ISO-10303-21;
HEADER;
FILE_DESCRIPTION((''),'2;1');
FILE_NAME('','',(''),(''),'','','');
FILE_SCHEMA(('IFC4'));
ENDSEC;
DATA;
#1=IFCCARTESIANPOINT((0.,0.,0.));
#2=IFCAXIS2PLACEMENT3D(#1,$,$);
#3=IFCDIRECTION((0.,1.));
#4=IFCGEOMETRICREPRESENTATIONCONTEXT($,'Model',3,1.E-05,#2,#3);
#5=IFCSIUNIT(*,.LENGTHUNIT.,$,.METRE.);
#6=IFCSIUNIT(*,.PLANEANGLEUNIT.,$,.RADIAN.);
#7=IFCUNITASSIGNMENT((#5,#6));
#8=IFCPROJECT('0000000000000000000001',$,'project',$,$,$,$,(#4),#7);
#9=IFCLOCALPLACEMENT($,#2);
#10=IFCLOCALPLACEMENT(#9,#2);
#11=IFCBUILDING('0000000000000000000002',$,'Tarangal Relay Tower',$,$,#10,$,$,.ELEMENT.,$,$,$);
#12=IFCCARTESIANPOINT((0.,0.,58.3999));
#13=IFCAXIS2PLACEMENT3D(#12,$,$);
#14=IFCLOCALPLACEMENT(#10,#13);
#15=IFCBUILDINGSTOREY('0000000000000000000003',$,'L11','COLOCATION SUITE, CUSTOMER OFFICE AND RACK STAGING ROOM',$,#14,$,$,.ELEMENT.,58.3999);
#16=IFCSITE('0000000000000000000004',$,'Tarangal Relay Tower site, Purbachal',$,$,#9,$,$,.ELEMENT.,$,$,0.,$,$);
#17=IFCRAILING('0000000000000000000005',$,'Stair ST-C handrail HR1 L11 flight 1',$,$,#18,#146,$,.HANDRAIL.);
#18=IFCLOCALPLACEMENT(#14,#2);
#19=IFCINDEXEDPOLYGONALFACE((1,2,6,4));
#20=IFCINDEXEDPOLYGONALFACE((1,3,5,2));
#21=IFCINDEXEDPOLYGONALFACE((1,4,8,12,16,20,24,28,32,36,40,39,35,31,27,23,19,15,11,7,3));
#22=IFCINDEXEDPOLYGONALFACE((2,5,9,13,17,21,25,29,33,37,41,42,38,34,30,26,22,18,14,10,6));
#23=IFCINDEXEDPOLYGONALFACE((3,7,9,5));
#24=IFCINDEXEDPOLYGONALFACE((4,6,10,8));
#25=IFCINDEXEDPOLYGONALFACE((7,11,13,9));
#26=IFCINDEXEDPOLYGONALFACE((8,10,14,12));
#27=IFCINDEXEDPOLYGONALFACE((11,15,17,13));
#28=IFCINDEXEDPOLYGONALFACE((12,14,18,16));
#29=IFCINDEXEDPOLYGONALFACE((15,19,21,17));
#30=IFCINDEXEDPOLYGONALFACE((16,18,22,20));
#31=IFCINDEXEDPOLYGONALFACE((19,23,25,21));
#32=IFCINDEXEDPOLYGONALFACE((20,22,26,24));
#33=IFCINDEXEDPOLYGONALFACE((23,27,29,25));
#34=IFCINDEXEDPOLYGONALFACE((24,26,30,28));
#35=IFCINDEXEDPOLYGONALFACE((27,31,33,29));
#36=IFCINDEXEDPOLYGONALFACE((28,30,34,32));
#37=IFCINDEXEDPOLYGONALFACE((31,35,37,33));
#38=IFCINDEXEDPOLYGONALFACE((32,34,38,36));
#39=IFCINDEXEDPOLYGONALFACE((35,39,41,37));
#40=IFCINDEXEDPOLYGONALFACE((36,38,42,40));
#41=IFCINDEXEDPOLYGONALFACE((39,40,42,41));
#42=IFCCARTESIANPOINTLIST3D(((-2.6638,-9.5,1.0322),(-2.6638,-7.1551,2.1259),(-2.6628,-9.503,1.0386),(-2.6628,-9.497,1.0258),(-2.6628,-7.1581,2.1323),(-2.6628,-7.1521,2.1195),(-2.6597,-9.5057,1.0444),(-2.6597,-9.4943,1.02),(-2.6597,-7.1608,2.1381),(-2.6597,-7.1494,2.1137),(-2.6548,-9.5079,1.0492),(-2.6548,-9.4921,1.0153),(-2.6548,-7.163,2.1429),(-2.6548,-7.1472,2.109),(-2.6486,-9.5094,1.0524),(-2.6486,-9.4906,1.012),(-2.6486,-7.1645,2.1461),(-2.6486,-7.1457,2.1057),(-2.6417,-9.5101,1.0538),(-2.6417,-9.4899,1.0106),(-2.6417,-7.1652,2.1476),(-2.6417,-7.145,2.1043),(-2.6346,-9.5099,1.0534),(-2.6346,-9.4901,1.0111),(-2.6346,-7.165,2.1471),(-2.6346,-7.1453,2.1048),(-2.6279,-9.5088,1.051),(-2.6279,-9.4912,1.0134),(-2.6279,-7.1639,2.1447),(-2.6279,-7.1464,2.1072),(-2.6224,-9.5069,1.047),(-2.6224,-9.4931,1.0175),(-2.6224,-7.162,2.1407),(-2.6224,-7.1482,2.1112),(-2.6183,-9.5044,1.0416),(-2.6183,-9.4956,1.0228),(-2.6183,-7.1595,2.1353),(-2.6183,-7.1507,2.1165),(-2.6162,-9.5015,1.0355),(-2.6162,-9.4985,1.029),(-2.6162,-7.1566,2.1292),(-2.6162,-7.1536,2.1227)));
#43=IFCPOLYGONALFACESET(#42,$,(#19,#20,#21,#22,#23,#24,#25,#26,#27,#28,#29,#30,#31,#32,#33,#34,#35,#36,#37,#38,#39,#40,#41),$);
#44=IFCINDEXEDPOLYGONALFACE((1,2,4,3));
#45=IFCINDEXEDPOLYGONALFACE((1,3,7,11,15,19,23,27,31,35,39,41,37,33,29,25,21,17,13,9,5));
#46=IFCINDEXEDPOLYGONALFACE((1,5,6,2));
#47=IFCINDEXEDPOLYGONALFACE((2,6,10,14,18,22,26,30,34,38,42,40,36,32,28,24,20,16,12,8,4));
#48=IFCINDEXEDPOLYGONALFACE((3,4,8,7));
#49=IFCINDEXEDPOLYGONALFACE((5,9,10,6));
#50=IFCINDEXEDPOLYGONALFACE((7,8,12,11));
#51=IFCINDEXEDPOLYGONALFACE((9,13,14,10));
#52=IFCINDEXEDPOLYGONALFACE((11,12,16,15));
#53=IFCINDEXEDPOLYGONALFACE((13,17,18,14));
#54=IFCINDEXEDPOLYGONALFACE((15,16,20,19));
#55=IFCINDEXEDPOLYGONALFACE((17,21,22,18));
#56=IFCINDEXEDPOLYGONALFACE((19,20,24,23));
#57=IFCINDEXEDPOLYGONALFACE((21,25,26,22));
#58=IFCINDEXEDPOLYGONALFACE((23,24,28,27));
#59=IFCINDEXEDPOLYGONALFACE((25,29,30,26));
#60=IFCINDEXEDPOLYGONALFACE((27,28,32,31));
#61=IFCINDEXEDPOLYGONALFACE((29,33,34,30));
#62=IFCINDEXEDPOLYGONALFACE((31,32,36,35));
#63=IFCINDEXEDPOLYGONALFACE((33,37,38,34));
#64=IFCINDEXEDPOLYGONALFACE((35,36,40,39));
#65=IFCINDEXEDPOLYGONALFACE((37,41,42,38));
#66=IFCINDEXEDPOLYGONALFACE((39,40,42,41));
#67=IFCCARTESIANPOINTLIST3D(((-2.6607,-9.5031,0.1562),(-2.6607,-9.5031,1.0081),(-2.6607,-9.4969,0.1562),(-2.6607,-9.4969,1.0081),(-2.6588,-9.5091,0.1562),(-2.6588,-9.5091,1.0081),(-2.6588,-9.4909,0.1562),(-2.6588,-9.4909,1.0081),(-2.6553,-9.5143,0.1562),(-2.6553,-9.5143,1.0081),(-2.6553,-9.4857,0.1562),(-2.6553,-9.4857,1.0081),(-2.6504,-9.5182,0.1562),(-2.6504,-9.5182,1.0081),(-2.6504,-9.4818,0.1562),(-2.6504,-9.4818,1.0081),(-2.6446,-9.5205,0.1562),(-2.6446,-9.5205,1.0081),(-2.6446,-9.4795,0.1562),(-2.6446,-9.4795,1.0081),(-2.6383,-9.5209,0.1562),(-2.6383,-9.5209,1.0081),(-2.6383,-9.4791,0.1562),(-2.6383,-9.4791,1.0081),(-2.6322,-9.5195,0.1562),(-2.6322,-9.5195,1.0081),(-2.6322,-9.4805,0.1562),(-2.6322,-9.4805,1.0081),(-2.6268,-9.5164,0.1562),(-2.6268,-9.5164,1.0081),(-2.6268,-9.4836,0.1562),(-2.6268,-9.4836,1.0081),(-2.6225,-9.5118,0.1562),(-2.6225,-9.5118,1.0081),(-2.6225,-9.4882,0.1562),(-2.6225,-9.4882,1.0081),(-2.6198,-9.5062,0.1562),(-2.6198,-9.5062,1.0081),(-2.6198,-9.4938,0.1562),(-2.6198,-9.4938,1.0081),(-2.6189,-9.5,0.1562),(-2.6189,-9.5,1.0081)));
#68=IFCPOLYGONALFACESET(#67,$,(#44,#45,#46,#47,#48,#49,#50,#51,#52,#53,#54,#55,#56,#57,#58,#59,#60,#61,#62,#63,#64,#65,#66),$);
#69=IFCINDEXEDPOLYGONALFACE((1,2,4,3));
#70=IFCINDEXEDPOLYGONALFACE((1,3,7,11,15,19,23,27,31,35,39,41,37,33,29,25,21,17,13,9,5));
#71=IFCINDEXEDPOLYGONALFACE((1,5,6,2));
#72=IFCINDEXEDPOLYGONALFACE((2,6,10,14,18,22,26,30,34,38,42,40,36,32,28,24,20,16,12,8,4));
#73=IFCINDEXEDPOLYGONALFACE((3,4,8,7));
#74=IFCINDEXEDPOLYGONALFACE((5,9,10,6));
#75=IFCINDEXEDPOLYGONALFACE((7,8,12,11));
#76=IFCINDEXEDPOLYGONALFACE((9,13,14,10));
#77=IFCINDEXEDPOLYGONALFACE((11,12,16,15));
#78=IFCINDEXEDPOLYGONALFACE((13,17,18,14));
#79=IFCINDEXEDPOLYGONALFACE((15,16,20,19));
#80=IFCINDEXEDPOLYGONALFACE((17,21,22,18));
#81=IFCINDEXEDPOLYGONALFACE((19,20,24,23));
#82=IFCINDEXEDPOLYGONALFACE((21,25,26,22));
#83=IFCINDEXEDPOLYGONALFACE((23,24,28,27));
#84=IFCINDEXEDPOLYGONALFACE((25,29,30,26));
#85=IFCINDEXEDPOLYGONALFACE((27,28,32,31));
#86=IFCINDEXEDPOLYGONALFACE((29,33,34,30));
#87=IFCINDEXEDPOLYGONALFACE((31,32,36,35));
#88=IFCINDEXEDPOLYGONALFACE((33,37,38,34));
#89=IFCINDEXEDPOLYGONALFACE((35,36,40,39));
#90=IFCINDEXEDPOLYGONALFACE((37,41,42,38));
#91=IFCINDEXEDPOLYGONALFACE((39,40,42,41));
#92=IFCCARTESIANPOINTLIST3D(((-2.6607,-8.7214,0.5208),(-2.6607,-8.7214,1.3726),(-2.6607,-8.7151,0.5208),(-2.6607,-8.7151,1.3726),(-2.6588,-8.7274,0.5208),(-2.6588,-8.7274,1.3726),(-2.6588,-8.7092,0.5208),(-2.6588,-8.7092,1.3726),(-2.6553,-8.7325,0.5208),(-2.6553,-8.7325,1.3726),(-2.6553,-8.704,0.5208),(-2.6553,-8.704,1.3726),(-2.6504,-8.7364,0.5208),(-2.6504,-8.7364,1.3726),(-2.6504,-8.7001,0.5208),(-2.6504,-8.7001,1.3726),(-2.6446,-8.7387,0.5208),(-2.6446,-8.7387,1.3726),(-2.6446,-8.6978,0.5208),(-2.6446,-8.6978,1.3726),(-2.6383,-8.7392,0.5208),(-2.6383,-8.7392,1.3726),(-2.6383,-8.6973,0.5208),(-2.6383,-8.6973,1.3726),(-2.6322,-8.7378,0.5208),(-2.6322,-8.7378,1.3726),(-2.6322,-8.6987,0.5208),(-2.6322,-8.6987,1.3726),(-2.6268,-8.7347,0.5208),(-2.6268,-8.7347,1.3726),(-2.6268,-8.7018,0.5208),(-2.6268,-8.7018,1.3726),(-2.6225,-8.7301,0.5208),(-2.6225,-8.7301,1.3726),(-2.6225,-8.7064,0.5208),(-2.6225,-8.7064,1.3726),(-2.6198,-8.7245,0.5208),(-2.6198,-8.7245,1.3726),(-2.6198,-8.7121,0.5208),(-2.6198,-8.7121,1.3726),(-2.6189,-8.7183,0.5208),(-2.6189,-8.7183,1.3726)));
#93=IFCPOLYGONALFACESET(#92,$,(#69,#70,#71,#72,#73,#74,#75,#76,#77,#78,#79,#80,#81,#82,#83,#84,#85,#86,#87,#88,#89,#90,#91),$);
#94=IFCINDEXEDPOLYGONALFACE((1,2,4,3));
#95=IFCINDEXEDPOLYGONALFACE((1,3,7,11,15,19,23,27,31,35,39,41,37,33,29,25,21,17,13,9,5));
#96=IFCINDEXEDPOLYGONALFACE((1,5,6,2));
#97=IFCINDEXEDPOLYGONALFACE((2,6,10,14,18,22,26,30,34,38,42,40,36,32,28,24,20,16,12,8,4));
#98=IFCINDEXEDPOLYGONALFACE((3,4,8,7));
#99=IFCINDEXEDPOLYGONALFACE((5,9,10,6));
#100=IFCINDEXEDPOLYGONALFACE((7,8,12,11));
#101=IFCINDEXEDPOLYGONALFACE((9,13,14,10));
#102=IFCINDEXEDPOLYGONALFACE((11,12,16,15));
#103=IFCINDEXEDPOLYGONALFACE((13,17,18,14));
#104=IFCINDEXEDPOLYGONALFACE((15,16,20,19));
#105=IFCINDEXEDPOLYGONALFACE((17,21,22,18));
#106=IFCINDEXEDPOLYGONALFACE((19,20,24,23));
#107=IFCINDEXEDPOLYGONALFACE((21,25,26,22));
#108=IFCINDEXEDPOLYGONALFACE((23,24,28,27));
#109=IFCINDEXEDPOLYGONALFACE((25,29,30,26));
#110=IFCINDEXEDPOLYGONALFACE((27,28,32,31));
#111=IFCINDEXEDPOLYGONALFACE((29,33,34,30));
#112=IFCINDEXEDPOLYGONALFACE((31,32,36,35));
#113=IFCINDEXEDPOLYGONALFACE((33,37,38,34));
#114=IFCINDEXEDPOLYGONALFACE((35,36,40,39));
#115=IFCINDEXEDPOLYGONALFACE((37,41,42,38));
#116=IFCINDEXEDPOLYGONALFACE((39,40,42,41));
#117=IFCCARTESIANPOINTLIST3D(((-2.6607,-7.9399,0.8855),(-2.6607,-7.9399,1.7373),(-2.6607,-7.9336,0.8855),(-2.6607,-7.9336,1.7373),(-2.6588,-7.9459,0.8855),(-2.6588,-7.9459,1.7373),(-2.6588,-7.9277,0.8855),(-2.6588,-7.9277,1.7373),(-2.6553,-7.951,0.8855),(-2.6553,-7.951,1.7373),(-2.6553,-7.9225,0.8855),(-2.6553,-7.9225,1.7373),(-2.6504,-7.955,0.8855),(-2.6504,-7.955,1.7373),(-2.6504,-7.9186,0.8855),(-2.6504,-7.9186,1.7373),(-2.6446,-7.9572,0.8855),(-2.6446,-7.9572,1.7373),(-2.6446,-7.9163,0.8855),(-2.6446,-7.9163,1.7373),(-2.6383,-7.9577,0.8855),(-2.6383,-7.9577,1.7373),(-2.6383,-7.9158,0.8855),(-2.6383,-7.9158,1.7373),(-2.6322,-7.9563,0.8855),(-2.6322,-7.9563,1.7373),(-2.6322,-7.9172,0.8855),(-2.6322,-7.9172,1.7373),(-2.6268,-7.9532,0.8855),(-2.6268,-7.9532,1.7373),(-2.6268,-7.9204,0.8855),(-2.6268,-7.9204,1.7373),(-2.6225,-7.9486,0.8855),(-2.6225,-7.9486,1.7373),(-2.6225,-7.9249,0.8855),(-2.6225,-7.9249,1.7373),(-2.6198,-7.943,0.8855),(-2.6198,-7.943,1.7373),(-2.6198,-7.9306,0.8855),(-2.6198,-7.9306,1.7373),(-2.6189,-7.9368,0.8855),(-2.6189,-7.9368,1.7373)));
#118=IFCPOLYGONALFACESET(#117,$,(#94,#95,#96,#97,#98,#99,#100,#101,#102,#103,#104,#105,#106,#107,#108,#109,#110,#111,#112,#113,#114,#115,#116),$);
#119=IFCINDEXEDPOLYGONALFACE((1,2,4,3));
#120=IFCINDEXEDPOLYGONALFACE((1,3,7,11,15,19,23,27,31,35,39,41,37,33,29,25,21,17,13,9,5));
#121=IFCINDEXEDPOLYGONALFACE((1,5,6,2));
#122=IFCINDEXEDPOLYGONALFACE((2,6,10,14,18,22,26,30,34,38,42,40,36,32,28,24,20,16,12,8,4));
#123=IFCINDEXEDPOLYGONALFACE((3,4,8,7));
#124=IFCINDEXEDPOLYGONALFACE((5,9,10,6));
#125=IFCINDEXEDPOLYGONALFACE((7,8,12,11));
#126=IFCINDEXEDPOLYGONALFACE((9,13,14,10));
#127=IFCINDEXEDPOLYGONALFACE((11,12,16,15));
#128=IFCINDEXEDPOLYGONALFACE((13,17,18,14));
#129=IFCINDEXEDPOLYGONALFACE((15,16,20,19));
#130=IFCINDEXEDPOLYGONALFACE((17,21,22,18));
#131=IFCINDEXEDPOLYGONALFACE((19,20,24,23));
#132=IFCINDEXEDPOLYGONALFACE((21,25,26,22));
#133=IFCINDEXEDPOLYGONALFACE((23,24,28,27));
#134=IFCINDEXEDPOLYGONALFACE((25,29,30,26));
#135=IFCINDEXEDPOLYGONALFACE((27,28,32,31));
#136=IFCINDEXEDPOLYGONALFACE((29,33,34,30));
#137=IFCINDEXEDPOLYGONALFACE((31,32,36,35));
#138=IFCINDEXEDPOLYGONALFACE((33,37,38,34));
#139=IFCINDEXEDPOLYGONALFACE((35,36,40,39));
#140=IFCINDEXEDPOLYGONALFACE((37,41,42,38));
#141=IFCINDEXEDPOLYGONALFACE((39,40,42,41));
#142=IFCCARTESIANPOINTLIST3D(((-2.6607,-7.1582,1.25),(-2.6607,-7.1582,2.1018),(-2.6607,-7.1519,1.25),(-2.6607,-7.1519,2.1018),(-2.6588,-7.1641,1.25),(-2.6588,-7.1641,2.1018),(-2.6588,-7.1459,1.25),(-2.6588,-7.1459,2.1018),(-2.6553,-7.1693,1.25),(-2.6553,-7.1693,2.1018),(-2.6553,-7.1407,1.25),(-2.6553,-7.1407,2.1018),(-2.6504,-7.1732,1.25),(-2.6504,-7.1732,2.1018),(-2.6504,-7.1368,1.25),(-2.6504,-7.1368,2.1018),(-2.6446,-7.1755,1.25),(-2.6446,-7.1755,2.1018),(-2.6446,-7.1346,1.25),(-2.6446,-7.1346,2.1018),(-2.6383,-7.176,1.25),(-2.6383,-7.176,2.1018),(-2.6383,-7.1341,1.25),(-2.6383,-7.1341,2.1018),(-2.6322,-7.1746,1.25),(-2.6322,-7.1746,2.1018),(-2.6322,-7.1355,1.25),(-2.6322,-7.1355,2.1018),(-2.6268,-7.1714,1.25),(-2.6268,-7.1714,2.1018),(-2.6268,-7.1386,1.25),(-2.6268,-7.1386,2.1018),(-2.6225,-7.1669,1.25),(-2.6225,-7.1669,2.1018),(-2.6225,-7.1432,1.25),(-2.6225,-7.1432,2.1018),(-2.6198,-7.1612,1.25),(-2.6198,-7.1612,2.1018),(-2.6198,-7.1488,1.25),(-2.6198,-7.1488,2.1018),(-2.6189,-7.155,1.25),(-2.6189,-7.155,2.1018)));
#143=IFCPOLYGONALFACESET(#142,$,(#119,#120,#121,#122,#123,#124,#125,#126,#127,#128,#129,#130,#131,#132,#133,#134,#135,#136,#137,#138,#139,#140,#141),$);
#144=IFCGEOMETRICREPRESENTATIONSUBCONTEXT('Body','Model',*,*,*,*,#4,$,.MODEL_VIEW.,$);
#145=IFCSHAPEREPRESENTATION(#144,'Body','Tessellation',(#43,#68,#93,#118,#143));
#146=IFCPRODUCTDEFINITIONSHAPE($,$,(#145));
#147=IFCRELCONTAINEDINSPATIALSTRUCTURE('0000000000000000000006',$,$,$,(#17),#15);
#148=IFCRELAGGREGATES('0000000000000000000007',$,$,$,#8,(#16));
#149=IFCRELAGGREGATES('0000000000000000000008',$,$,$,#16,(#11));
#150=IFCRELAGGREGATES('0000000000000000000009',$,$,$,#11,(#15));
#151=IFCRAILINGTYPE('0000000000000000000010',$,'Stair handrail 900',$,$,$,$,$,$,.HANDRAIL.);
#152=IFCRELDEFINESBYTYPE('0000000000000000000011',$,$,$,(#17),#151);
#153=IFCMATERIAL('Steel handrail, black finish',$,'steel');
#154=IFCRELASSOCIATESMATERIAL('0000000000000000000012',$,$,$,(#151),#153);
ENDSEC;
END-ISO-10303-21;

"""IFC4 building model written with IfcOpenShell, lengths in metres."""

from ifc_helpers import new_model, si_unit, direction, frame, origin, origin_2d, place, context, subcontext, project, spatial, circle, extrude, material, type_object, element, save


model = new_model("IFC4")

# Units and contexts
model_context = context("Model", 3, precision=1e-05, world=origin(), true_north=direction((0.0, 1.0)))
body_context = subcontext(model_context, "Body", "Model", "MODEL_VIEW")
ifc_project = project(units=[si_unit("LENGTHUNIT", "METRE"), si_unit("PLANEANGLEUNIT", "RADIAN")], contexts=[model_context])

# Site, building, storey
site_placement = place(None, origin())
site = spatial("IfcSite", under=ifc_project, at=site_placement, Name="Tarangal Relay Tower site, Purbachal", CompositionType="ELEMENT", RefElevation=0.0)
building_placement = place(site_placement, origin())
building = spatial("IfcBuilding", under=site, at=building_placement, Name="Tarangal Relay Tower", CompositionType="ELEMENT")
storey_placement = place(building_placement, frame((0.0, 0.0, 58.3999)))
storey = spatial("IfcBuildingStorey", under=building, at=storey_placement, Name="L11", Description="COLOCATION SUITE, CUSTOMER OFFICE AND RACK STAGING ROOM", CompositionType="ELEMENT", Elevation=58.3999)

# Railing
ifc_material_1 = material(Name="Steel handrail, black finish", Category="steel")
railing_type_1 = type_object("IfcRailingType", Name="Stair handrail 900", PredefinedType="HANDRAIL", material=ifc_material_1)
for number, where, name in (
    (1, (-2.6399, -9.5, 0.1562), "Stair ST-C handrail HR1 L11 flight 1"),
):
    element("IfcRailing", number, at=place(storey_placement, frame(where)), inside=storey, type_object=railing_type_1, Name=name, PredefinedType="HANDRAIL", context=body_context, shape_type="SweptSolid", body=[
        extrude(circle(Radius=0.0239, at=origin_2d()), frame((0.0, 0.0, 0.876), z_axis=(0.0, 0.906267, 0.422705), x_axis=(-1.0, 0.0, 0.0)), (0.0, 0.0, 1.0), 2.5874),
        extrude(circle(Radius=0.021, at=origin_2d()), origin(), (0.0, 0.0, 1.0), 0.8518),
        extrude(circle(Radius=0.021, at=origin_2d()), frame((0.0, 0.7817, 0.3645)), (0.0, 0.0, 1.0), 0.8518),
        extrude(circle(Radius=0.021, at=origin_2d()), frame((0.0, 1.5632, 0.7292)), (0.0, 0.0, 1.0), 0.8518),
        extrude(circle(Radius=0.021, at=origin_2d()), frame((0.0, 2.345, 1.0938)), (0.0, 0.0, 1.0), 0.8518),
    ])

save(model, "model.ifc")
